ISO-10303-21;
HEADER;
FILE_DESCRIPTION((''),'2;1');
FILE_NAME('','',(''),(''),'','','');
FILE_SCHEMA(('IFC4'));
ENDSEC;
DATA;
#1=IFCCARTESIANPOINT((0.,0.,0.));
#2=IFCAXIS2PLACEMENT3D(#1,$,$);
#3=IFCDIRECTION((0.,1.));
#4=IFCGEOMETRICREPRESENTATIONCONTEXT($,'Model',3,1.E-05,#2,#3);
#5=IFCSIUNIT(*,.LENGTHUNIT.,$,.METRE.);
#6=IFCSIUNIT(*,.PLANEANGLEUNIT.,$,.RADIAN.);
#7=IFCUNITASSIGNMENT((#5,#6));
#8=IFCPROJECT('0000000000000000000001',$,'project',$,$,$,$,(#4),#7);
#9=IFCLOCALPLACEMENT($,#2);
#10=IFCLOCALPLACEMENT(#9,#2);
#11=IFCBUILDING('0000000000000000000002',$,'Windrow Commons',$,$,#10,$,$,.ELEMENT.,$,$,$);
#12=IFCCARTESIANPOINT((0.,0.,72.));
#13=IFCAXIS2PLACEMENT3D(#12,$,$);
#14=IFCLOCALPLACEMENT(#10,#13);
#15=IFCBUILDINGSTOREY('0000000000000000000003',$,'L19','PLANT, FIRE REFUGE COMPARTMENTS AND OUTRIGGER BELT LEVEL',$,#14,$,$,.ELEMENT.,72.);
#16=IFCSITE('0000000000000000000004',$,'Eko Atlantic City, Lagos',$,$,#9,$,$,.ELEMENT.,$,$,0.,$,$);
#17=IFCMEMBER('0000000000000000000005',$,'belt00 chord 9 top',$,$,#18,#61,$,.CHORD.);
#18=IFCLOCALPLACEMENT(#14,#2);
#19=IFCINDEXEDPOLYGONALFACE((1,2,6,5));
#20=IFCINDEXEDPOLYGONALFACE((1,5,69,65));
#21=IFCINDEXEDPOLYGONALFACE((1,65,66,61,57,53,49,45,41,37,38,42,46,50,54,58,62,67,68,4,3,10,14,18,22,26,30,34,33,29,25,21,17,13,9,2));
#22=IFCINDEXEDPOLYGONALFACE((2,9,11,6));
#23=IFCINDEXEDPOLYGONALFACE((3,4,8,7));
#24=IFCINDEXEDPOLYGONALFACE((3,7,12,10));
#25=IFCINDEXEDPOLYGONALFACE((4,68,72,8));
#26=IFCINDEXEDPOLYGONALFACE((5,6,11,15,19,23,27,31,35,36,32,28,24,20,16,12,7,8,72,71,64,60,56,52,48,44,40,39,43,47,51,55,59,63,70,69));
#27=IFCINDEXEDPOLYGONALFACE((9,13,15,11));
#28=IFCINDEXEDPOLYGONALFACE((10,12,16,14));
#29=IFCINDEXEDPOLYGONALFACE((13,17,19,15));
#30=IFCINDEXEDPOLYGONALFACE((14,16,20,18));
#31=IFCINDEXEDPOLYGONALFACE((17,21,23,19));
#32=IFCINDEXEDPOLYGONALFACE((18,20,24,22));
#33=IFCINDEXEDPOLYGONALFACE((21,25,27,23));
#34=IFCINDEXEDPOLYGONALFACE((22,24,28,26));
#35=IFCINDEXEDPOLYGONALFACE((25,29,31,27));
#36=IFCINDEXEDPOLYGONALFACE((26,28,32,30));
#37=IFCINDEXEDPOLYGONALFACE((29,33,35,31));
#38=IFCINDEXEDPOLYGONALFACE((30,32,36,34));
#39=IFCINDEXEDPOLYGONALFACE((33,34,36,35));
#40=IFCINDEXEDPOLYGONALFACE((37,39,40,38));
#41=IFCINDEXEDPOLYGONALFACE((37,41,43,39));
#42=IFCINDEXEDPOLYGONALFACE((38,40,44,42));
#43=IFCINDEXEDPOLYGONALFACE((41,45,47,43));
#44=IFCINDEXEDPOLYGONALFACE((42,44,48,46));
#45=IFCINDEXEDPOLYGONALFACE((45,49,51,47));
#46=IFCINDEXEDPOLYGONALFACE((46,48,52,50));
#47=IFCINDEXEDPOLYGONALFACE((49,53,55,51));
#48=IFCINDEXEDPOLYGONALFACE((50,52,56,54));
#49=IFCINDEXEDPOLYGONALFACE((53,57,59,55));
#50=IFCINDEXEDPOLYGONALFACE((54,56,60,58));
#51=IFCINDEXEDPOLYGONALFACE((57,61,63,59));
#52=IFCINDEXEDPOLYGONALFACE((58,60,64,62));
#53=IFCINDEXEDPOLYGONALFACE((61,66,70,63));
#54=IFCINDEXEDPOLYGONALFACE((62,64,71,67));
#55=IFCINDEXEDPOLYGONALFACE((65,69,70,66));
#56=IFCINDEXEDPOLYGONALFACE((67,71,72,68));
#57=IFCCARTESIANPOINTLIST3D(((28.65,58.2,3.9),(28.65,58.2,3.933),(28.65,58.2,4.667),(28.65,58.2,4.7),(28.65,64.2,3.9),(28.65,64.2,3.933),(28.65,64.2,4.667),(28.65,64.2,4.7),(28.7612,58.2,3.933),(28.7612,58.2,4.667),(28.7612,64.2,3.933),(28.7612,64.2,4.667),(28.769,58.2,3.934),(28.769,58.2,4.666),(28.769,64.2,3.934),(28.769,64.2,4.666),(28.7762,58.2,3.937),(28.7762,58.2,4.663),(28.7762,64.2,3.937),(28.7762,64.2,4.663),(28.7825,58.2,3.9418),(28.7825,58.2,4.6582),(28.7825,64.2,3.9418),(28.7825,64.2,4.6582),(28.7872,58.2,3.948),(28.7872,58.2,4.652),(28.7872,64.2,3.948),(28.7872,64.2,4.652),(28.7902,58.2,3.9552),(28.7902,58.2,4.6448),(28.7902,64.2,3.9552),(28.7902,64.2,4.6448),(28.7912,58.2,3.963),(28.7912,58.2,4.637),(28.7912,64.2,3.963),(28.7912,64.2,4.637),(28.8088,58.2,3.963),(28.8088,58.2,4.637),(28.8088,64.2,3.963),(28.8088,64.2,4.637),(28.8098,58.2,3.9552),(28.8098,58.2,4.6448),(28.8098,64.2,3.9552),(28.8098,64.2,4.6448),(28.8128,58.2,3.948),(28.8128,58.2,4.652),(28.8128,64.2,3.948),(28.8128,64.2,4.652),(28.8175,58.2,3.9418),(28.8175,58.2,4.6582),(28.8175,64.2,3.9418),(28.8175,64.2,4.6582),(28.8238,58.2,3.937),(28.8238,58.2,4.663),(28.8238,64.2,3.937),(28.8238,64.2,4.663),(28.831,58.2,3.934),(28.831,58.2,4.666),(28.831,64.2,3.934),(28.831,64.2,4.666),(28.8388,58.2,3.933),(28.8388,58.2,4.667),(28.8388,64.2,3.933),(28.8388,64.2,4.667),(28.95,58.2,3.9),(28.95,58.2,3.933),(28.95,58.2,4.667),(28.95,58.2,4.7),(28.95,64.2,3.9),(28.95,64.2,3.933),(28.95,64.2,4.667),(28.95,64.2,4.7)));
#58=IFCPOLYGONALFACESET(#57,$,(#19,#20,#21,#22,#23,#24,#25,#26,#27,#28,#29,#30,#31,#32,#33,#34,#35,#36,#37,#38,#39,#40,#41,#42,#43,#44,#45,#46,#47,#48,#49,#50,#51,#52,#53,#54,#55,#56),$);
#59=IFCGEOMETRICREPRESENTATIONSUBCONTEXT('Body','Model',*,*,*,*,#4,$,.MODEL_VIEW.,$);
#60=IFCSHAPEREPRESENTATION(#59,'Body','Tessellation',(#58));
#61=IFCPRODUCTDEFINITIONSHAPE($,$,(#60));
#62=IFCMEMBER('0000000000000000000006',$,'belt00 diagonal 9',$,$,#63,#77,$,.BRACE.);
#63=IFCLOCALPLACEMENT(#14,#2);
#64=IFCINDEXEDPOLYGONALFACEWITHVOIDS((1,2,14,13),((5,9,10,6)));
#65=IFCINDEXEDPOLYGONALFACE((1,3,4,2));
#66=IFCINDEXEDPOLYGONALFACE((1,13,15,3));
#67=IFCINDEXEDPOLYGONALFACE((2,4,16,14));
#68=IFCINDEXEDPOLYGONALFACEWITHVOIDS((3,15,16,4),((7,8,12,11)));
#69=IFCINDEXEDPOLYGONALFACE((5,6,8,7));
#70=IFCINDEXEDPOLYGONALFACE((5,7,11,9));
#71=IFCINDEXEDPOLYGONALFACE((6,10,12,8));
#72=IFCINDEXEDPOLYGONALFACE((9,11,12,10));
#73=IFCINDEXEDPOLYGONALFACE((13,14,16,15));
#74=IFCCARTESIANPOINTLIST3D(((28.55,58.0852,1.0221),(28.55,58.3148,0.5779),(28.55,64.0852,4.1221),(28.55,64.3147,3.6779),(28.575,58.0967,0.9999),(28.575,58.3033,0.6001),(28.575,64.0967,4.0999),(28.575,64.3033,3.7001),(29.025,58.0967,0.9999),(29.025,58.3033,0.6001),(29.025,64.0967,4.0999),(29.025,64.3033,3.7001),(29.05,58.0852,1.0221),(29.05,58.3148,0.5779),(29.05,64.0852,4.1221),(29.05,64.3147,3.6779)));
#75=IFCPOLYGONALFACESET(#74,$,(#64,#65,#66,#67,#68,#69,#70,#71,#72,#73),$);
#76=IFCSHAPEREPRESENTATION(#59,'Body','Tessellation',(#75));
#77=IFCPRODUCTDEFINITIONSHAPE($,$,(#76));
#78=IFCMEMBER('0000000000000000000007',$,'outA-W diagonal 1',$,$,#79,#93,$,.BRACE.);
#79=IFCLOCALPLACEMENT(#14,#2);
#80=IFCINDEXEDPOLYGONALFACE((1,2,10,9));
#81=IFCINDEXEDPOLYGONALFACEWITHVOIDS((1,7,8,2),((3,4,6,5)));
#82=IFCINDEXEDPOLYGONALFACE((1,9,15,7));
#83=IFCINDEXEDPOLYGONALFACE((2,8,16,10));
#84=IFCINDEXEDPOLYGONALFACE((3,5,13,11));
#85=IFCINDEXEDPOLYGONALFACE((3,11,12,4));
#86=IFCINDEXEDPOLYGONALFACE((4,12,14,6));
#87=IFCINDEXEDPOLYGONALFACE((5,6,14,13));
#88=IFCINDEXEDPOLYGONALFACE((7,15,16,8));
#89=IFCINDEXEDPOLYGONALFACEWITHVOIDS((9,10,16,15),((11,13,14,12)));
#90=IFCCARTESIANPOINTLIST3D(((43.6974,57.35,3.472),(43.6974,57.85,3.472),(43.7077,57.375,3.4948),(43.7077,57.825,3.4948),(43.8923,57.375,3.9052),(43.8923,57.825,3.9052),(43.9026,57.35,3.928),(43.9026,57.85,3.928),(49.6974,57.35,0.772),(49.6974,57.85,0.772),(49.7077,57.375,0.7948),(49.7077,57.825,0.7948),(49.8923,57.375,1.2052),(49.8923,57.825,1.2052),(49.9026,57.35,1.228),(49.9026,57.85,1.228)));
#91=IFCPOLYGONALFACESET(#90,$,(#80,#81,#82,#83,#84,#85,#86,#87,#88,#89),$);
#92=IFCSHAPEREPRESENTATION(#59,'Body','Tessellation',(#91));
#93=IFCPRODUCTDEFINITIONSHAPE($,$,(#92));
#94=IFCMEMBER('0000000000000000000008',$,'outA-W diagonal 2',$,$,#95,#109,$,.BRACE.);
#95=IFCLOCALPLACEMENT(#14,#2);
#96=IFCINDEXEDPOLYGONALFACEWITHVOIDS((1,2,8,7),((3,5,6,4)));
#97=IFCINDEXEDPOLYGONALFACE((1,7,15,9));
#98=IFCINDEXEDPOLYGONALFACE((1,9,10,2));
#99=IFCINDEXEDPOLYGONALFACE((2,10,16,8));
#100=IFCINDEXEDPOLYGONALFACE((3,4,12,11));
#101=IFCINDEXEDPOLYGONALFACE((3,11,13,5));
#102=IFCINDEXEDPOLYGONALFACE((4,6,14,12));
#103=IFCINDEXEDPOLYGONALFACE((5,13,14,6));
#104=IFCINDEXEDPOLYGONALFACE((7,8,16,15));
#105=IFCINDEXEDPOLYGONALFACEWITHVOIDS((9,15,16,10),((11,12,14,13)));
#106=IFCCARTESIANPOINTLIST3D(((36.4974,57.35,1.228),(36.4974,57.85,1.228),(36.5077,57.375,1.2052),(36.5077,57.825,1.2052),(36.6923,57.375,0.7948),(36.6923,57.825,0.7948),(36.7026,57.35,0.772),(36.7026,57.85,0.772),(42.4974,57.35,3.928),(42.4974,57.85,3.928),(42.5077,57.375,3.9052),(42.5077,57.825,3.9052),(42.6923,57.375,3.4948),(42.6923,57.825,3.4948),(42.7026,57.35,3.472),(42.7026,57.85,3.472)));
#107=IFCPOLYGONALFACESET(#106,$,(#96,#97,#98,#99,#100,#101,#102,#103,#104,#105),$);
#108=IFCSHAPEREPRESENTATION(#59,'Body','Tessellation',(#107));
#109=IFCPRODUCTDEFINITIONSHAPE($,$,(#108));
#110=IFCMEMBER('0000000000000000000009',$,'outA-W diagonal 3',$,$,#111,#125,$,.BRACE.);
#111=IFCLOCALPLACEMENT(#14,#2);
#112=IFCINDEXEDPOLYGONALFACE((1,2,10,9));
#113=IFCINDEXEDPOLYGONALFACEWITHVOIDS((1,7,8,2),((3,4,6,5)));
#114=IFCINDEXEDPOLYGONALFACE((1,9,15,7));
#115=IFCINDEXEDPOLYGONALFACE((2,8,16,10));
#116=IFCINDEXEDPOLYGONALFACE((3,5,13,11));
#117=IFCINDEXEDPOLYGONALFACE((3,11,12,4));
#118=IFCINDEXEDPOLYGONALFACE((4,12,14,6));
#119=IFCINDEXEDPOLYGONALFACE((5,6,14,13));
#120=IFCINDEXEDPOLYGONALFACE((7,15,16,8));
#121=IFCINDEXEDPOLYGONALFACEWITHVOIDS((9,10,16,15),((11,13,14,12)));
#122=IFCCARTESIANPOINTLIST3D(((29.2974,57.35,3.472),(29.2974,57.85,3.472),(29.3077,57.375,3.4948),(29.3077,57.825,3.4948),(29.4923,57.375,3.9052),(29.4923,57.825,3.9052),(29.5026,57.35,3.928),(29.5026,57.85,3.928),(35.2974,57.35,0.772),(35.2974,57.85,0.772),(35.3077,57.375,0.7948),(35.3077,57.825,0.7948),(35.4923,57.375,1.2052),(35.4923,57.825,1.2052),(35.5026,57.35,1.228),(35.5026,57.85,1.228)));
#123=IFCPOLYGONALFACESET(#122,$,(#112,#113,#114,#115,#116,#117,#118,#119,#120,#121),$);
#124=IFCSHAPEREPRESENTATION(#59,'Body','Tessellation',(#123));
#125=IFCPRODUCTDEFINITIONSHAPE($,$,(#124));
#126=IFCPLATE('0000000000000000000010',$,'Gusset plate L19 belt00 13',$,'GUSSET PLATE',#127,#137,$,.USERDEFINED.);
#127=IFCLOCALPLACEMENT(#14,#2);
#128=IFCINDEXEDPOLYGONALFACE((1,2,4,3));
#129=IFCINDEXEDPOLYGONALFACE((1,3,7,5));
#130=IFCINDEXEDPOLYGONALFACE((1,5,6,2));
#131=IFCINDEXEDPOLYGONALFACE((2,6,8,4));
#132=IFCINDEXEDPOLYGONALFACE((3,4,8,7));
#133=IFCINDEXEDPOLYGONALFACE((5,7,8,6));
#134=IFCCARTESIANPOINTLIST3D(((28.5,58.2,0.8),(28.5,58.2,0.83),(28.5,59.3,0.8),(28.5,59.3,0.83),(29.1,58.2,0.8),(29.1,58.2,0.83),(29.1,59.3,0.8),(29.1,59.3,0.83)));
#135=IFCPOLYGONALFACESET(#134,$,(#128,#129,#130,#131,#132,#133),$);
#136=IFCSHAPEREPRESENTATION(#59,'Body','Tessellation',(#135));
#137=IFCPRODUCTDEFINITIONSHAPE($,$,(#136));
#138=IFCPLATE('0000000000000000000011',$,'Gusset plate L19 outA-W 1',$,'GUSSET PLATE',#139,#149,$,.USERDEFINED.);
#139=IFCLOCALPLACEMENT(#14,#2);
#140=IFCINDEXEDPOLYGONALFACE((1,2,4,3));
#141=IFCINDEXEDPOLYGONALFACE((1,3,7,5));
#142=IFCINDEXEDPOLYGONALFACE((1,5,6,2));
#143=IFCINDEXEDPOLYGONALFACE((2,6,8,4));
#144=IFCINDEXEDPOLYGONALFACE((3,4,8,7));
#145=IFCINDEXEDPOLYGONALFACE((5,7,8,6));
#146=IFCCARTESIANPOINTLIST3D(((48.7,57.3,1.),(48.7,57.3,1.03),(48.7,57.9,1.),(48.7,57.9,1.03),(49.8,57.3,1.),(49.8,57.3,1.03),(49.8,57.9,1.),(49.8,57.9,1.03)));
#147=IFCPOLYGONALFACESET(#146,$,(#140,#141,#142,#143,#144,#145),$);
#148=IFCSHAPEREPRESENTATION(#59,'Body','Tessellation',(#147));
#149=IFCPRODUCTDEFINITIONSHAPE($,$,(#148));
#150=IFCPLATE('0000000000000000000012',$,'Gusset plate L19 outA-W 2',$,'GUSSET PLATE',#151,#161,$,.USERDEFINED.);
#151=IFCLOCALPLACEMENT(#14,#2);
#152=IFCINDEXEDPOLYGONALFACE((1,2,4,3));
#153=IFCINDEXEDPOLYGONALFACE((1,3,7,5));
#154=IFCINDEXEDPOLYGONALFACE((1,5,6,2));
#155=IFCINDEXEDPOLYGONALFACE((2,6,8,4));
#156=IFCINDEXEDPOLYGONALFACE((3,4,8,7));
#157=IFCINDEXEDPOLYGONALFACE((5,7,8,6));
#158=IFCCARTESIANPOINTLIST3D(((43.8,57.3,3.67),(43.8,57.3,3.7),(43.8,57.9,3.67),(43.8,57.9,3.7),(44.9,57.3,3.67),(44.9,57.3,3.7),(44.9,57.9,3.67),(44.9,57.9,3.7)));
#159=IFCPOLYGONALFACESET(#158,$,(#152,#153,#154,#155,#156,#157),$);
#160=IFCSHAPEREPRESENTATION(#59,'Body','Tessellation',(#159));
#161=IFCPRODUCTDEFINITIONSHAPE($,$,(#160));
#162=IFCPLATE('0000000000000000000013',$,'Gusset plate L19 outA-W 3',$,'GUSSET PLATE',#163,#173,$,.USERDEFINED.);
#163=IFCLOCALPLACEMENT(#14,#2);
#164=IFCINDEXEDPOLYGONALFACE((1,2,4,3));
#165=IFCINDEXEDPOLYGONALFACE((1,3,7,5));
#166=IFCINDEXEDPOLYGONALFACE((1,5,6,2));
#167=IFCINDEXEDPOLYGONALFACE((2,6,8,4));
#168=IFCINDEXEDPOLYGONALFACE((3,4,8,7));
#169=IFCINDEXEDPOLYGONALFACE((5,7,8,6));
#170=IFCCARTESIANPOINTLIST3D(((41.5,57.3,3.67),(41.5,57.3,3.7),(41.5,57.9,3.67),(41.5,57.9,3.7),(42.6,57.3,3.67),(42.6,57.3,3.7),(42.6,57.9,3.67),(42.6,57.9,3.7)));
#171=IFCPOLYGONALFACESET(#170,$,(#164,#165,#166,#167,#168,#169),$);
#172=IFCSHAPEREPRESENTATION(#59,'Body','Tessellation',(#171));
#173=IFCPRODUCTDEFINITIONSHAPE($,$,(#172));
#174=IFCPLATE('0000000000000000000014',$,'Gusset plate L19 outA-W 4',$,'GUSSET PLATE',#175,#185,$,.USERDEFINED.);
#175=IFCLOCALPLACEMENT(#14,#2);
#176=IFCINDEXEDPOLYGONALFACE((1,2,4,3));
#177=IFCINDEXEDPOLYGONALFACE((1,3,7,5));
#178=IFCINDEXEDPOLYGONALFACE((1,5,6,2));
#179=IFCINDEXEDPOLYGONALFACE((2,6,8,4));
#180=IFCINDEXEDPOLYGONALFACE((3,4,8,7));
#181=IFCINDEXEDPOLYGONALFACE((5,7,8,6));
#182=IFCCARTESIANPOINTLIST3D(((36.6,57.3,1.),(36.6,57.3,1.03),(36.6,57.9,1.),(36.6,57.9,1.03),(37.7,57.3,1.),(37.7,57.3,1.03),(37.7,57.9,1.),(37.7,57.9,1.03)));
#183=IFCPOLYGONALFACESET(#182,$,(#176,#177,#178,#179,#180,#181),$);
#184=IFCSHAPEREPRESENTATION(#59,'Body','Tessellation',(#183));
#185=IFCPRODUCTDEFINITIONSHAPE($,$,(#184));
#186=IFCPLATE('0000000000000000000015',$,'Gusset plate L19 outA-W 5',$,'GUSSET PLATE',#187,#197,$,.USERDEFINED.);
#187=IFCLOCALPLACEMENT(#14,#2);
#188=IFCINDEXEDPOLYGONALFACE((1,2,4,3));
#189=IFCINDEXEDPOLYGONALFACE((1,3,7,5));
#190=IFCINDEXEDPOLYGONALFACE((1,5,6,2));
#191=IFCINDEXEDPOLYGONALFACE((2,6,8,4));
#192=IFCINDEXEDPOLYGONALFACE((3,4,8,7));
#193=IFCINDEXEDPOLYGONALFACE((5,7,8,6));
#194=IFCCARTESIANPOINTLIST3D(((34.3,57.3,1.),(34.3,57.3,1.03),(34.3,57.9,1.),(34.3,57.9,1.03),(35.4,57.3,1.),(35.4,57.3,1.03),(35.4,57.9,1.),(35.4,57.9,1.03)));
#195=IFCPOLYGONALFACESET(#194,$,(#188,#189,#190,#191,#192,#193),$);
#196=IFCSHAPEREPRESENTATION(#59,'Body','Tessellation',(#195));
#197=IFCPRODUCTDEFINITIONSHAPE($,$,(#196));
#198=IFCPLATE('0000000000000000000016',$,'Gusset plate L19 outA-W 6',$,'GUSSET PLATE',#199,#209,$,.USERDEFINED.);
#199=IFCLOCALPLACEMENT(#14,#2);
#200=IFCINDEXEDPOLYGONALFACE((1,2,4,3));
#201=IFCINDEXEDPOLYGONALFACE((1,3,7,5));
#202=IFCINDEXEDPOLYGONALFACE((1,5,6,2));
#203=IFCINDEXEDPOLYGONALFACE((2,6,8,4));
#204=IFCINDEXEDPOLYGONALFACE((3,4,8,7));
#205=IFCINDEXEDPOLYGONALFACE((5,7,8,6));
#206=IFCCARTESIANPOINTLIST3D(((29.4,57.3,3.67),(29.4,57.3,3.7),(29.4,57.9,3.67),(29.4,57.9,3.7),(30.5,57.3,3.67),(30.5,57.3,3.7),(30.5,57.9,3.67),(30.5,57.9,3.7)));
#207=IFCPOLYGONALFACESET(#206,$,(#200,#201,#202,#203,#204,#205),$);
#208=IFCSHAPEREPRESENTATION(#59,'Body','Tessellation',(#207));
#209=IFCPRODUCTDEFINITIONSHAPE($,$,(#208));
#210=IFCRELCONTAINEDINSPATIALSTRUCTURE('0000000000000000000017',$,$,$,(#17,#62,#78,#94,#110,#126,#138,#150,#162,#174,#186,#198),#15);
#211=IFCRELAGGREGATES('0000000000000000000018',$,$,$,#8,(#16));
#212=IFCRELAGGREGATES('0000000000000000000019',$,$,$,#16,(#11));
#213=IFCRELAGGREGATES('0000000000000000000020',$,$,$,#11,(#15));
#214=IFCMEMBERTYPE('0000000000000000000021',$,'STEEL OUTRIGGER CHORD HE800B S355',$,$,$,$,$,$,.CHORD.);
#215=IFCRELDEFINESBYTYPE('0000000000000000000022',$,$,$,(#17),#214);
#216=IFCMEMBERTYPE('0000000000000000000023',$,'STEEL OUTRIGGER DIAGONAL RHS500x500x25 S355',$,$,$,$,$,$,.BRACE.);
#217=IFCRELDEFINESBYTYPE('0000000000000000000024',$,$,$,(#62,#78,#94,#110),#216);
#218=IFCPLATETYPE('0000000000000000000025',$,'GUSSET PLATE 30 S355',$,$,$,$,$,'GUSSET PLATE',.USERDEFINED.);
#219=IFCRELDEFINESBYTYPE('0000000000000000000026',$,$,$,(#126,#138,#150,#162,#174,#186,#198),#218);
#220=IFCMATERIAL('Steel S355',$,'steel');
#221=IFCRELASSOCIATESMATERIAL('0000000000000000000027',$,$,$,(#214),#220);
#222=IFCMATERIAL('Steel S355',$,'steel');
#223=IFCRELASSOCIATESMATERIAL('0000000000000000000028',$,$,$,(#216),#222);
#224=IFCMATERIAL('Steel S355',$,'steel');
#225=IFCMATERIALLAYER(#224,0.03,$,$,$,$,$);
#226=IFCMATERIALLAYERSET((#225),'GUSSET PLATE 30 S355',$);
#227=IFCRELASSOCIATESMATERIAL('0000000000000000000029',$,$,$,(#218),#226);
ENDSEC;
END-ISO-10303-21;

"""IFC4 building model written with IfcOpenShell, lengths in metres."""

from ifc_helpers import new_model, si_unit, direction, frame, origin, origin_2d, place, context, subcontext, project, spatial, rectangle, hollow_rectangle, i_section, extrude, material, layer, layer_set, material_profile, profile_set, type_object, element, save


model = new_model("IFC4")

# Units and contexts
model_context = context("Model", 3, precision=1e-05, world=origin(), true_north=direction((0.0, 1.0)))
body_context = subcontext(model_context, "Body", "Model", "MODEL_VIEW")
ifc_project = project(units=[si_unit("LENGTHUNIT", "METRE"), si_unit("PLANEANGLEUNIT", "RADIAN")], contexts=[model_context])

# Site, building, storey
site_placement = place(None, origin())
site = spatial("IfcSite", under=ifc_project, at=site_placement, Name="Eko Atlantic City, Lagos", CompositionType="ELEMENT", RefElevation=0.0)
building_placement = place(site_placement, origin())
building = spatial("IfcBuilding", under=site, at=building_placement, Name="Windrow Commons", CompositionType="ELEMENT")
storey_placement = place(building_placement, frame((0.0, 0.0, 72.0)))
storey = spatial("IfcBuildingStorey", under=building, at=storey_placement, Name="L19", Description="PLANT, FIRE REFUGE COMPARTMENTS AND OUTRIGGER BELT LEVEL", CompositionType="ELEMENT", Elevation=72.0)

# Members
ifc_material_1 = material(Name="Steel S355", Category="steel")
ifc_material_profile_1 = material_profile(ifc_material_1, i_section(OverallWidth=0.3, OverallDepth=0.8, WebThickness=0.0175, FlangeThickness=0.033, FilletRadius=0.03, at=origin_2d()))
ifc_profile_set_1 = profile_set([ifc_material_profile_1], Name="Steel S355")
member_type_1 = type_object("IfcMemberType", Name="STEEL OUTRIGGER CHORD HE800B S355", PredefinedType="CHORD", material=ifc_profile_set_1)
for number, where, z_axis, x_axis, name in (
    (1, (28.8, 58.2, 4.3), (0.0, 1.0, 0.0), (-1.0, 0.0, 0.0), "belt00 chord 9 top"),
):
    element("IfcMember", number, at=place(storey_placement, frame(where, z_axis=z_axis, x_axis=x_axis)), inside=storey, type_object=member_type_1, Name=name, PredefinedType="CHORD", context=body_context, shape_type="SweptSolid", body=[
        extrude(i_section(OverallWidth=0.3, OverallDepth=0.8, WebThickness=0.0175, FlangeThickness=0.033, FilletRadius=0.03, at=origin_2d()), origin(), (0.0, 0.0, 1.0), 6.0),
    ])
ifc_material_2 = material(Name="Steel S355", Category="steel")
ifc_material_profile_2 = material_profile(ifc_material_2, hollow_rectangle(XDim=0.5, YDim=0.5, WallThickness=0.025, at=origin_2d()))
ifc_profile_set_2 = profile_set([ifc_material_profile_2], Name="Steel S355")
member_type_2 = type_object("IfcMemberType", Name="STEEL OUTRIGGER DIAGONAL RHS500x500x25 S355", PredefinedType="BRACE", material=ifc_profile_set_2)
member_placement = place(storey_placement, frame((28.8, 58.2, 0.8), z_axis=(0.0, 0.888426, 0.45902), x_axis=(-1.0, 0.0, 0.0)))
element("IfcMember", 2, at=member_placement, inside=storey, type_object=member_type_2, Name="belt00 diagonal 9", PredefinedType="BRACE", context=body_context, shape_type="SweptSolid", body=[
    extrude(hollow_rectangle(XDim=0.5, YDim=0.5, WallThickness=0.025, at=origin_2d()), origin(), (0.0, 0.0, 1.0), 6.7535),
])
for number, where, z_axis, x_axis, name in (
    (3, (49.8, 57.6, 1.0), (-0.911922, 0.0, 0.410365), (0.0, -1.0, 0.0), "outA-W diagonal 1"),
    (4, (42.6, 57.6, 3.7), (-0.911922, 0.0, -0.410365), (0.0, -1.0, 0.0), "outA-W diagonal 2"),
    (5, (35.4, 57.6, 1.0), (-0.911922, 0.0, 0.410365), (0.0, -1.0, 0.0), "outA-W diagonal 3"),
):
    element("IfcMember", number, at=place(storey_placement, frame(where, z_axis=z_axis, x_axis=x_axis)), inside=storey, type_object=member_type_2, Name=name, PredefinedType="BRACE", context=body_context, shape_type="SweptSolid", body=[
        extrude(hollow_rectangle(XDim=0.5, YDim=0.5, WallThickness=0.025, at=origin_2d()), origin(), (0.0, 0.0, 1.0), 6.5795),
    ])

# Plates
ifc_material_3 = material(Name="Steel S355", Category="steel")
ifc_layer_1 = layer(ifc_material_3, 0.03)
ifc_layer_set_1 = layer_set([ifc_layer_1], Name="GUSSET PLATE 30 S355")
plate_type = type_object("IfcPlateType", Name="GUSSET PLATE 30 S355", ElementType="GUSSET PLATE", PredefinedType="USERDEFINED", material=ifc_layer_set_1)
for number, where, z_axis, x_axis, name in (
    (6, (28.8, 58.75, 0.8), (0.0, 0.0, 1.0), (0.0, 1.0, 0.0), "Gusset plate L19 belt00 13"),
    (7, (49.25, 57.6, 1.0), (0.0, 0.0, 1.0), (-1.0, 0.0, 0.0), "Gusset plate L19 outA-W 1"),
    (8, (44.35, 57.6, 3.67), (0.0, 0.0, 1.0), (-1.0, 0.0, 0.0), "Gusset plate L19 outA-W 2"),
    (9, (42.05, 57.6, 3.67), (0.0, 0.0, 1.0), (-1.0, 0.0, 0.0), "Gusset plate L19 outA-W 3"),
    (10, (37.15, 57.6, 1.0), (0.0, 0.0, 1.0), (-1.0, 0.0, 0.0), "Gusset plate L19 outA-W 4"),
    (11, (34.85, 57.6, 1.0), (0.0, 0.0, 1.0), (-1.0, 0.0, 0.0), "Gusset plate L19 outA-W 5"),
    (12, (29.95, 57.6, 3.67), (0.0, 0.0, 1.0), (-1.0, 0.0, 0.0), "Gusset plate L19 outA-W 6"),
):
    element("IfcPlate", number, at=place(storey_placement, frame(where, z_axis=z_axis, x_axis=x_axis)), inside=storey, type_object=plate_type, Name=name, ObjectType="GUSSET PLATE", PredefinedType="USERDEFINED", context=body_context, shape_type="SweptSolid", body=[
        extrude(rectangle(XDim=1.1, YDim=0.6, at=origin_2d()), origin(), (0.0, 0.0, 1.0), 0.03),
    ])

save(model, "model.ifc")
